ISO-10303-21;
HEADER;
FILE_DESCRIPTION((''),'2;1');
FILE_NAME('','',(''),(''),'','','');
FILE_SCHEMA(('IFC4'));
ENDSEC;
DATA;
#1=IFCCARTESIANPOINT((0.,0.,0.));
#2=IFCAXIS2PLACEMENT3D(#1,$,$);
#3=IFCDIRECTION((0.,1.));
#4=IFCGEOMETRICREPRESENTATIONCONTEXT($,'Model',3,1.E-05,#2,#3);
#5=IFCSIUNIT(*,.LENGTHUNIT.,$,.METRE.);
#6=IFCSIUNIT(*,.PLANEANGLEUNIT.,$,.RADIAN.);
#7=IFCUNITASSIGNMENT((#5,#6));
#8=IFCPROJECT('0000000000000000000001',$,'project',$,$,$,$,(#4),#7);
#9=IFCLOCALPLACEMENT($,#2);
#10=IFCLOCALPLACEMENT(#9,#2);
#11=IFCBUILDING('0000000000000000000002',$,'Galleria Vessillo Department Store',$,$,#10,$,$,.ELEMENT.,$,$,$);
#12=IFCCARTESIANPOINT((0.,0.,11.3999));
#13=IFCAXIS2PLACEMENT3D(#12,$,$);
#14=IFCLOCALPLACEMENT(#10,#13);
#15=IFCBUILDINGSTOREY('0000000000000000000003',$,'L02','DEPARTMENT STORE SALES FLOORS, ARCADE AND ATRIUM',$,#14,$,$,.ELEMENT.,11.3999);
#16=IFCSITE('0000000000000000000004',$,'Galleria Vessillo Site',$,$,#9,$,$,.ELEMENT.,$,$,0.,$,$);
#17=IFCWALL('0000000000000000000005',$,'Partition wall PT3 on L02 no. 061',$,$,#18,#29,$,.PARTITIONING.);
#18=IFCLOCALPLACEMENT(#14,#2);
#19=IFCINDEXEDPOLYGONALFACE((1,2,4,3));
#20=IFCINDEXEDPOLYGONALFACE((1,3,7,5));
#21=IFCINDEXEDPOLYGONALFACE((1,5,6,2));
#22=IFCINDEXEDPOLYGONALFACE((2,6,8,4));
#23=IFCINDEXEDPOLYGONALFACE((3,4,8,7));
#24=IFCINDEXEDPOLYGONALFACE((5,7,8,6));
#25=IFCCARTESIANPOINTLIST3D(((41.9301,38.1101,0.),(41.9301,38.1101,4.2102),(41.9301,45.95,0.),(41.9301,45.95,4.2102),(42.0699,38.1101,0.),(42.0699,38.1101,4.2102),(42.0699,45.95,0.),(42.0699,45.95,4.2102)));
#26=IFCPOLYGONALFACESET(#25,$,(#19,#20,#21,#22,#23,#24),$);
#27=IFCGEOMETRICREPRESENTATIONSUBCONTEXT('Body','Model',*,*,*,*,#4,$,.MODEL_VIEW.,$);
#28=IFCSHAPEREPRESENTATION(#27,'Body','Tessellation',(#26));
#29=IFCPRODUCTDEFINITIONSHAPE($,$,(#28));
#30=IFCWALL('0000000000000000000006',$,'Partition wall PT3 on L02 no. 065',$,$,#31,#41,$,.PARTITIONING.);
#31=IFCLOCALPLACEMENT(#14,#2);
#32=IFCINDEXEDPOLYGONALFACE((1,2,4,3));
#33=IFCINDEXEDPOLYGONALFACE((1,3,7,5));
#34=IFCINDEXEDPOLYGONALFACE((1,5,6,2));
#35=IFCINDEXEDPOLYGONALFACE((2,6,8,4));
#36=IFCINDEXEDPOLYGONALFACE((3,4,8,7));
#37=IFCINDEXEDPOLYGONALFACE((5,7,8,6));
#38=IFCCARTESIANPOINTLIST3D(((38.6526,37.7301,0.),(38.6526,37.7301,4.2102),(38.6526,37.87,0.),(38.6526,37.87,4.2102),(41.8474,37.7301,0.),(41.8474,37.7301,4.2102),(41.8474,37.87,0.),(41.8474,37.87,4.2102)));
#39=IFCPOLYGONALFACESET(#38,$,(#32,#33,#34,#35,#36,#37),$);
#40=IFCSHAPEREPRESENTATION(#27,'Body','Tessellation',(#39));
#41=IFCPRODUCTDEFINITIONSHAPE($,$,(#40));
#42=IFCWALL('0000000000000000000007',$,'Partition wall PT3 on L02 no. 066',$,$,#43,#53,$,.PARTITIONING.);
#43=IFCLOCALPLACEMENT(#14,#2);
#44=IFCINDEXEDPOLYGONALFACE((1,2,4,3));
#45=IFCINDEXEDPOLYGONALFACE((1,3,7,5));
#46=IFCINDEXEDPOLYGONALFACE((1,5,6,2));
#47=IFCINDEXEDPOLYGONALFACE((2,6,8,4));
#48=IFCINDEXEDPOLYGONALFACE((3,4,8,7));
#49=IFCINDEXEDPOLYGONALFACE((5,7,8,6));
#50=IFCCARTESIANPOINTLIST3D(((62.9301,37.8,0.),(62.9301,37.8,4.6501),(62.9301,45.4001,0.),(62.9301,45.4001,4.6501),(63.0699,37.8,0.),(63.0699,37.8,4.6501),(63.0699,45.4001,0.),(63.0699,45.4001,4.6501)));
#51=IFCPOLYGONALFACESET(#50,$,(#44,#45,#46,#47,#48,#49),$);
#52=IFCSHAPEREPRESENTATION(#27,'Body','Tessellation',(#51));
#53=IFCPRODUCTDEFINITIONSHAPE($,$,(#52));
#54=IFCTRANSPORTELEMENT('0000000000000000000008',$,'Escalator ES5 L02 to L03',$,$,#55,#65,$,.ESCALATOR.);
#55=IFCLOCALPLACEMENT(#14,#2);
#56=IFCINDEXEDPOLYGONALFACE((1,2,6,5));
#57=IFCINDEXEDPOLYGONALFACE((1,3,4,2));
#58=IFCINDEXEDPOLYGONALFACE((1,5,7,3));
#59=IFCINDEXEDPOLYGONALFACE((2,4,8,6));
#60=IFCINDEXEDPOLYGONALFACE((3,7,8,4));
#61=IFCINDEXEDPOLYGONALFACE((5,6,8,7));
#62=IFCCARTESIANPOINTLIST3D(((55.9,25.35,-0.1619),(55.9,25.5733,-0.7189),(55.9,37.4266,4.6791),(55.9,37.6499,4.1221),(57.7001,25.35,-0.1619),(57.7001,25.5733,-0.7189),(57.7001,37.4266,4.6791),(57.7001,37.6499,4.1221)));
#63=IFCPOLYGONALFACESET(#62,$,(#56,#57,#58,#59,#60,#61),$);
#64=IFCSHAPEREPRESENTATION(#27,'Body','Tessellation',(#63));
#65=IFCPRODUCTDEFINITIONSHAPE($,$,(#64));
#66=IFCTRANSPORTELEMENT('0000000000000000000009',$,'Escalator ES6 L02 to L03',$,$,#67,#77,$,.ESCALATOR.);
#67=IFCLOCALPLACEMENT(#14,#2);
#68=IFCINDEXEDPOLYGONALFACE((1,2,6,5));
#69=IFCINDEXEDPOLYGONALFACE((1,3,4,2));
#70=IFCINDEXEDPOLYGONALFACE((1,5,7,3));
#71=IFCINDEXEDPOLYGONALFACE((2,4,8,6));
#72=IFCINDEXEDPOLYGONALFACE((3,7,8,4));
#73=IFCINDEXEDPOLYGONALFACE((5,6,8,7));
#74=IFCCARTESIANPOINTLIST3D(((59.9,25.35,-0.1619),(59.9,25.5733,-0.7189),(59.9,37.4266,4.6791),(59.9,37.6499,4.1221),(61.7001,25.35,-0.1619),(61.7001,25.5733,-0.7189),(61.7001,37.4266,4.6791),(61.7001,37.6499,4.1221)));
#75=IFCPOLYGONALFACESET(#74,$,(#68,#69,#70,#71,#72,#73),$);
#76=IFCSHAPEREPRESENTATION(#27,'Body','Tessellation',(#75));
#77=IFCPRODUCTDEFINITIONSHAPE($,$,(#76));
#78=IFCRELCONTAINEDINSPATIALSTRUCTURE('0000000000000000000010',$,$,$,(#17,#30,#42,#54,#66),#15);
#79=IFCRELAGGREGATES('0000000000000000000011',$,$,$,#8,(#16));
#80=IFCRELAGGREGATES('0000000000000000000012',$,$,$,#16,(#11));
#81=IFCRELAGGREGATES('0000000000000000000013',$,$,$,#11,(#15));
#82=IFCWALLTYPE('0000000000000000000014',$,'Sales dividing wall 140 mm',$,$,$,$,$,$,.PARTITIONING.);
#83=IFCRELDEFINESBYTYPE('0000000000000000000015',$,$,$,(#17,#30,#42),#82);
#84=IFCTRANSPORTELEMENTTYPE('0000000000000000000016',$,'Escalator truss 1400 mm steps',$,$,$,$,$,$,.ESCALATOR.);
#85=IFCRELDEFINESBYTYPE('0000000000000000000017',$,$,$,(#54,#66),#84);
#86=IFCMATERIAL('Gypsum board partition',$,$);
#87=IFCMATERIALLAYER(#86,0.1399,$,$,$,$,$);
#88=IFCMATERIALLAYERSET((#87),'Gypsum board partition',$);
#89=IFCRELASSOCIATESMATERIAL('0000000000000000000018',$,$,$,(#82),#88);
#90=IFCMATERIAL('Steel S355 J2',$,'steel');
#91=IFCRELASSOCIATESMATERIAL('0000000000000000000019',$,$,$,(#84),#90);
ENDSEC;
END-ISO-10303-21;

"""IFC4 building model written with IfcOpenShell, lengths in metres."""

from ifc_helpers import new_model, si_unit, direction, frame, frame_2d, origin, origin_2d, place, context, subcontext, project, spatial, rectangle, extrude, material, layer, layer_set, material_profile, profile_set, type_object, element, save


model = new_model("IFC4")

# Units and contexts
model_context = context("Model", 3, precision=1e-05, world=origin(), true_north=direction((0.0, 1.0)))
body_context = subcontext(model_context, "Body", "Model", "MODEL_VIEW")
ifc_project = project(units=[si_unit("LENGTHUNIT", "METRE"), si_unit("PLANEANGLEUNIT", "RADIAN")], contexts=[model_context])

# Site, building, storey
site_placement = place(None, origin())
site = spatial("IfcSite", under=ifc_project, at=site_placement, Name="Galleria Vessillo Site", CompositionType="ELEMENT", RefElevation=0.0)
building_placement = place(site_placement, origin())
building = spatial("IfcBuilding", under=site, at=building_placement, Name="Galleria Vessillo Department Store", CompositionType="ELEMENT")
storey_placement = place(building_placement, frame((0.0, 0.0, 11.3999)))
storey = spatial("IfcBuildingStorey", under=building, at=storey_placement, Name="L02", Description="DEPARTMENT STORE SALES FLOORS, ARCADE AND ATRIUM", CompositionType="ELEMENT", Elevation=11.3999)

# Walls
ifc_material_1 = material(Name="Gypsum board partition")
ifc_layer = layer(ifc_material_1, 0.1399)
ifc_layer_set = layer_set([ifc_layer], Name="Gypsum board partition")
wall_type = type_object("IfcWallType", Name="Sales dividing wall 140 mm", PredefinedType="PARTITIONING", material=ifc_layer_set)
wall_1_placement = place(storey_placement, frame((42.0, 38.1101, 0.0), z_axis=(0.0, 0.0, 1.0), x_axis=(0.0, 1.0, 0.0)))
element("IfcWall", 1, at=wall_1_placement, inside=storey, type_object=wall_type, Name="Partition wall PT3 on L02 no. 061", PredefinedType="PARTITIONING", context=body_context, shape_type="SweptSolid", body=[
    extrude(rectangle(XDim=7.8398, YDim=0.1399, at=frame_2d((3.9199, 0.0))), origin(), (0.0, 0.0, 1.0), 4.2102),
])
wall_2_placement = place(storey_placement, frame((38.6526, 37.8, 0.0), z_axis=(0.0, 0.0, 1.0), x_axis=(1.0, 0.0, 0.0)))
element("IfcWall", 2, at=wall_2_placement, inside=storey, type_object=wall_type, Name="Partition wall PT3 on L02 no. 065", PredefinedType="PARTITIONING", context=body_context, shape_type="SweptSolid", body=[
    extrude(rectangle(XDim=3.1948, YDim=0.1399, at=frame_2d((1.5974, 0.0))), origin(), (0.0, 0.0, 1.0), 4.2102),
])
wall_3_placement = place(storey_placement, frame((63.0, 37.8, 0.0), z_axis=(0.0, 0.0, 1.0), x_axis=(0.0, 1.0, 0.0)))
element("IfcWall", 3, at=wall_3_placement, inside=storey, type_object=wall_type, Name="Partition wall PT3 on L02 no. 066", PredefinedType="PARTITIONING", context=body_context, shape_type="SweptSolid", body=[
    extrude(rectangle(XDim=7.6001, YDim=0.1399, at=frame_2d((3.8, 0.0))), origin(), (0.0, 0.0, 1.0), 4.6501),
])

# Transport elements
ifc_material_2 = material(Name="Steel S355 J2", Category="steel")
ifc_material_profile_1 = material_profile(ifc_material_2, rectangle(XDim=1.8, YDim=0.6001, at=origin_2d()), Name="Escalator truss 1800 x 600")
ifc_profile_set_1 = profile_set([ifc_material_profile_1], Name="Steel S355 J2")
transport_element_type = type_object("IfcTransportElementType", Name="Escalator truss 1400 mm steps", PredefinedType="ESCALATOR", material=ifc_profile_set_1)
for number, where, z_axis, x_axis, name in (
    (4, (56.8, 25.4617, -0.4404), (0.0, 0.928201, 0.37208), (-1.0, 0.0, 0.0), "Escalator ES5 L02 to L03"),
    (5, (60.8, 25.4617, -0.4404), (0.0, 0.928201, 0.37208), (-1.0, 0.0, 0.0), "Escalator ES6 L02 to L03"),
):
    element("IfcTransportElement", number, at=place(storey_placement, frame(where, z_axis=z_axis, x_axis=x_axis)), inside=storey, type_object=transport_element_type, Name=name, PredefinedType="ESCALATOR", context=body_context, shape_type="SweptSolid", body=[
        extrude(rectangle(XDim=1.8, YDim=0.6001, at=origin_2d()), origin(), (0.0, 0.0, 1.0), 13.0107),
    ])

save(model, "model.ifc")
